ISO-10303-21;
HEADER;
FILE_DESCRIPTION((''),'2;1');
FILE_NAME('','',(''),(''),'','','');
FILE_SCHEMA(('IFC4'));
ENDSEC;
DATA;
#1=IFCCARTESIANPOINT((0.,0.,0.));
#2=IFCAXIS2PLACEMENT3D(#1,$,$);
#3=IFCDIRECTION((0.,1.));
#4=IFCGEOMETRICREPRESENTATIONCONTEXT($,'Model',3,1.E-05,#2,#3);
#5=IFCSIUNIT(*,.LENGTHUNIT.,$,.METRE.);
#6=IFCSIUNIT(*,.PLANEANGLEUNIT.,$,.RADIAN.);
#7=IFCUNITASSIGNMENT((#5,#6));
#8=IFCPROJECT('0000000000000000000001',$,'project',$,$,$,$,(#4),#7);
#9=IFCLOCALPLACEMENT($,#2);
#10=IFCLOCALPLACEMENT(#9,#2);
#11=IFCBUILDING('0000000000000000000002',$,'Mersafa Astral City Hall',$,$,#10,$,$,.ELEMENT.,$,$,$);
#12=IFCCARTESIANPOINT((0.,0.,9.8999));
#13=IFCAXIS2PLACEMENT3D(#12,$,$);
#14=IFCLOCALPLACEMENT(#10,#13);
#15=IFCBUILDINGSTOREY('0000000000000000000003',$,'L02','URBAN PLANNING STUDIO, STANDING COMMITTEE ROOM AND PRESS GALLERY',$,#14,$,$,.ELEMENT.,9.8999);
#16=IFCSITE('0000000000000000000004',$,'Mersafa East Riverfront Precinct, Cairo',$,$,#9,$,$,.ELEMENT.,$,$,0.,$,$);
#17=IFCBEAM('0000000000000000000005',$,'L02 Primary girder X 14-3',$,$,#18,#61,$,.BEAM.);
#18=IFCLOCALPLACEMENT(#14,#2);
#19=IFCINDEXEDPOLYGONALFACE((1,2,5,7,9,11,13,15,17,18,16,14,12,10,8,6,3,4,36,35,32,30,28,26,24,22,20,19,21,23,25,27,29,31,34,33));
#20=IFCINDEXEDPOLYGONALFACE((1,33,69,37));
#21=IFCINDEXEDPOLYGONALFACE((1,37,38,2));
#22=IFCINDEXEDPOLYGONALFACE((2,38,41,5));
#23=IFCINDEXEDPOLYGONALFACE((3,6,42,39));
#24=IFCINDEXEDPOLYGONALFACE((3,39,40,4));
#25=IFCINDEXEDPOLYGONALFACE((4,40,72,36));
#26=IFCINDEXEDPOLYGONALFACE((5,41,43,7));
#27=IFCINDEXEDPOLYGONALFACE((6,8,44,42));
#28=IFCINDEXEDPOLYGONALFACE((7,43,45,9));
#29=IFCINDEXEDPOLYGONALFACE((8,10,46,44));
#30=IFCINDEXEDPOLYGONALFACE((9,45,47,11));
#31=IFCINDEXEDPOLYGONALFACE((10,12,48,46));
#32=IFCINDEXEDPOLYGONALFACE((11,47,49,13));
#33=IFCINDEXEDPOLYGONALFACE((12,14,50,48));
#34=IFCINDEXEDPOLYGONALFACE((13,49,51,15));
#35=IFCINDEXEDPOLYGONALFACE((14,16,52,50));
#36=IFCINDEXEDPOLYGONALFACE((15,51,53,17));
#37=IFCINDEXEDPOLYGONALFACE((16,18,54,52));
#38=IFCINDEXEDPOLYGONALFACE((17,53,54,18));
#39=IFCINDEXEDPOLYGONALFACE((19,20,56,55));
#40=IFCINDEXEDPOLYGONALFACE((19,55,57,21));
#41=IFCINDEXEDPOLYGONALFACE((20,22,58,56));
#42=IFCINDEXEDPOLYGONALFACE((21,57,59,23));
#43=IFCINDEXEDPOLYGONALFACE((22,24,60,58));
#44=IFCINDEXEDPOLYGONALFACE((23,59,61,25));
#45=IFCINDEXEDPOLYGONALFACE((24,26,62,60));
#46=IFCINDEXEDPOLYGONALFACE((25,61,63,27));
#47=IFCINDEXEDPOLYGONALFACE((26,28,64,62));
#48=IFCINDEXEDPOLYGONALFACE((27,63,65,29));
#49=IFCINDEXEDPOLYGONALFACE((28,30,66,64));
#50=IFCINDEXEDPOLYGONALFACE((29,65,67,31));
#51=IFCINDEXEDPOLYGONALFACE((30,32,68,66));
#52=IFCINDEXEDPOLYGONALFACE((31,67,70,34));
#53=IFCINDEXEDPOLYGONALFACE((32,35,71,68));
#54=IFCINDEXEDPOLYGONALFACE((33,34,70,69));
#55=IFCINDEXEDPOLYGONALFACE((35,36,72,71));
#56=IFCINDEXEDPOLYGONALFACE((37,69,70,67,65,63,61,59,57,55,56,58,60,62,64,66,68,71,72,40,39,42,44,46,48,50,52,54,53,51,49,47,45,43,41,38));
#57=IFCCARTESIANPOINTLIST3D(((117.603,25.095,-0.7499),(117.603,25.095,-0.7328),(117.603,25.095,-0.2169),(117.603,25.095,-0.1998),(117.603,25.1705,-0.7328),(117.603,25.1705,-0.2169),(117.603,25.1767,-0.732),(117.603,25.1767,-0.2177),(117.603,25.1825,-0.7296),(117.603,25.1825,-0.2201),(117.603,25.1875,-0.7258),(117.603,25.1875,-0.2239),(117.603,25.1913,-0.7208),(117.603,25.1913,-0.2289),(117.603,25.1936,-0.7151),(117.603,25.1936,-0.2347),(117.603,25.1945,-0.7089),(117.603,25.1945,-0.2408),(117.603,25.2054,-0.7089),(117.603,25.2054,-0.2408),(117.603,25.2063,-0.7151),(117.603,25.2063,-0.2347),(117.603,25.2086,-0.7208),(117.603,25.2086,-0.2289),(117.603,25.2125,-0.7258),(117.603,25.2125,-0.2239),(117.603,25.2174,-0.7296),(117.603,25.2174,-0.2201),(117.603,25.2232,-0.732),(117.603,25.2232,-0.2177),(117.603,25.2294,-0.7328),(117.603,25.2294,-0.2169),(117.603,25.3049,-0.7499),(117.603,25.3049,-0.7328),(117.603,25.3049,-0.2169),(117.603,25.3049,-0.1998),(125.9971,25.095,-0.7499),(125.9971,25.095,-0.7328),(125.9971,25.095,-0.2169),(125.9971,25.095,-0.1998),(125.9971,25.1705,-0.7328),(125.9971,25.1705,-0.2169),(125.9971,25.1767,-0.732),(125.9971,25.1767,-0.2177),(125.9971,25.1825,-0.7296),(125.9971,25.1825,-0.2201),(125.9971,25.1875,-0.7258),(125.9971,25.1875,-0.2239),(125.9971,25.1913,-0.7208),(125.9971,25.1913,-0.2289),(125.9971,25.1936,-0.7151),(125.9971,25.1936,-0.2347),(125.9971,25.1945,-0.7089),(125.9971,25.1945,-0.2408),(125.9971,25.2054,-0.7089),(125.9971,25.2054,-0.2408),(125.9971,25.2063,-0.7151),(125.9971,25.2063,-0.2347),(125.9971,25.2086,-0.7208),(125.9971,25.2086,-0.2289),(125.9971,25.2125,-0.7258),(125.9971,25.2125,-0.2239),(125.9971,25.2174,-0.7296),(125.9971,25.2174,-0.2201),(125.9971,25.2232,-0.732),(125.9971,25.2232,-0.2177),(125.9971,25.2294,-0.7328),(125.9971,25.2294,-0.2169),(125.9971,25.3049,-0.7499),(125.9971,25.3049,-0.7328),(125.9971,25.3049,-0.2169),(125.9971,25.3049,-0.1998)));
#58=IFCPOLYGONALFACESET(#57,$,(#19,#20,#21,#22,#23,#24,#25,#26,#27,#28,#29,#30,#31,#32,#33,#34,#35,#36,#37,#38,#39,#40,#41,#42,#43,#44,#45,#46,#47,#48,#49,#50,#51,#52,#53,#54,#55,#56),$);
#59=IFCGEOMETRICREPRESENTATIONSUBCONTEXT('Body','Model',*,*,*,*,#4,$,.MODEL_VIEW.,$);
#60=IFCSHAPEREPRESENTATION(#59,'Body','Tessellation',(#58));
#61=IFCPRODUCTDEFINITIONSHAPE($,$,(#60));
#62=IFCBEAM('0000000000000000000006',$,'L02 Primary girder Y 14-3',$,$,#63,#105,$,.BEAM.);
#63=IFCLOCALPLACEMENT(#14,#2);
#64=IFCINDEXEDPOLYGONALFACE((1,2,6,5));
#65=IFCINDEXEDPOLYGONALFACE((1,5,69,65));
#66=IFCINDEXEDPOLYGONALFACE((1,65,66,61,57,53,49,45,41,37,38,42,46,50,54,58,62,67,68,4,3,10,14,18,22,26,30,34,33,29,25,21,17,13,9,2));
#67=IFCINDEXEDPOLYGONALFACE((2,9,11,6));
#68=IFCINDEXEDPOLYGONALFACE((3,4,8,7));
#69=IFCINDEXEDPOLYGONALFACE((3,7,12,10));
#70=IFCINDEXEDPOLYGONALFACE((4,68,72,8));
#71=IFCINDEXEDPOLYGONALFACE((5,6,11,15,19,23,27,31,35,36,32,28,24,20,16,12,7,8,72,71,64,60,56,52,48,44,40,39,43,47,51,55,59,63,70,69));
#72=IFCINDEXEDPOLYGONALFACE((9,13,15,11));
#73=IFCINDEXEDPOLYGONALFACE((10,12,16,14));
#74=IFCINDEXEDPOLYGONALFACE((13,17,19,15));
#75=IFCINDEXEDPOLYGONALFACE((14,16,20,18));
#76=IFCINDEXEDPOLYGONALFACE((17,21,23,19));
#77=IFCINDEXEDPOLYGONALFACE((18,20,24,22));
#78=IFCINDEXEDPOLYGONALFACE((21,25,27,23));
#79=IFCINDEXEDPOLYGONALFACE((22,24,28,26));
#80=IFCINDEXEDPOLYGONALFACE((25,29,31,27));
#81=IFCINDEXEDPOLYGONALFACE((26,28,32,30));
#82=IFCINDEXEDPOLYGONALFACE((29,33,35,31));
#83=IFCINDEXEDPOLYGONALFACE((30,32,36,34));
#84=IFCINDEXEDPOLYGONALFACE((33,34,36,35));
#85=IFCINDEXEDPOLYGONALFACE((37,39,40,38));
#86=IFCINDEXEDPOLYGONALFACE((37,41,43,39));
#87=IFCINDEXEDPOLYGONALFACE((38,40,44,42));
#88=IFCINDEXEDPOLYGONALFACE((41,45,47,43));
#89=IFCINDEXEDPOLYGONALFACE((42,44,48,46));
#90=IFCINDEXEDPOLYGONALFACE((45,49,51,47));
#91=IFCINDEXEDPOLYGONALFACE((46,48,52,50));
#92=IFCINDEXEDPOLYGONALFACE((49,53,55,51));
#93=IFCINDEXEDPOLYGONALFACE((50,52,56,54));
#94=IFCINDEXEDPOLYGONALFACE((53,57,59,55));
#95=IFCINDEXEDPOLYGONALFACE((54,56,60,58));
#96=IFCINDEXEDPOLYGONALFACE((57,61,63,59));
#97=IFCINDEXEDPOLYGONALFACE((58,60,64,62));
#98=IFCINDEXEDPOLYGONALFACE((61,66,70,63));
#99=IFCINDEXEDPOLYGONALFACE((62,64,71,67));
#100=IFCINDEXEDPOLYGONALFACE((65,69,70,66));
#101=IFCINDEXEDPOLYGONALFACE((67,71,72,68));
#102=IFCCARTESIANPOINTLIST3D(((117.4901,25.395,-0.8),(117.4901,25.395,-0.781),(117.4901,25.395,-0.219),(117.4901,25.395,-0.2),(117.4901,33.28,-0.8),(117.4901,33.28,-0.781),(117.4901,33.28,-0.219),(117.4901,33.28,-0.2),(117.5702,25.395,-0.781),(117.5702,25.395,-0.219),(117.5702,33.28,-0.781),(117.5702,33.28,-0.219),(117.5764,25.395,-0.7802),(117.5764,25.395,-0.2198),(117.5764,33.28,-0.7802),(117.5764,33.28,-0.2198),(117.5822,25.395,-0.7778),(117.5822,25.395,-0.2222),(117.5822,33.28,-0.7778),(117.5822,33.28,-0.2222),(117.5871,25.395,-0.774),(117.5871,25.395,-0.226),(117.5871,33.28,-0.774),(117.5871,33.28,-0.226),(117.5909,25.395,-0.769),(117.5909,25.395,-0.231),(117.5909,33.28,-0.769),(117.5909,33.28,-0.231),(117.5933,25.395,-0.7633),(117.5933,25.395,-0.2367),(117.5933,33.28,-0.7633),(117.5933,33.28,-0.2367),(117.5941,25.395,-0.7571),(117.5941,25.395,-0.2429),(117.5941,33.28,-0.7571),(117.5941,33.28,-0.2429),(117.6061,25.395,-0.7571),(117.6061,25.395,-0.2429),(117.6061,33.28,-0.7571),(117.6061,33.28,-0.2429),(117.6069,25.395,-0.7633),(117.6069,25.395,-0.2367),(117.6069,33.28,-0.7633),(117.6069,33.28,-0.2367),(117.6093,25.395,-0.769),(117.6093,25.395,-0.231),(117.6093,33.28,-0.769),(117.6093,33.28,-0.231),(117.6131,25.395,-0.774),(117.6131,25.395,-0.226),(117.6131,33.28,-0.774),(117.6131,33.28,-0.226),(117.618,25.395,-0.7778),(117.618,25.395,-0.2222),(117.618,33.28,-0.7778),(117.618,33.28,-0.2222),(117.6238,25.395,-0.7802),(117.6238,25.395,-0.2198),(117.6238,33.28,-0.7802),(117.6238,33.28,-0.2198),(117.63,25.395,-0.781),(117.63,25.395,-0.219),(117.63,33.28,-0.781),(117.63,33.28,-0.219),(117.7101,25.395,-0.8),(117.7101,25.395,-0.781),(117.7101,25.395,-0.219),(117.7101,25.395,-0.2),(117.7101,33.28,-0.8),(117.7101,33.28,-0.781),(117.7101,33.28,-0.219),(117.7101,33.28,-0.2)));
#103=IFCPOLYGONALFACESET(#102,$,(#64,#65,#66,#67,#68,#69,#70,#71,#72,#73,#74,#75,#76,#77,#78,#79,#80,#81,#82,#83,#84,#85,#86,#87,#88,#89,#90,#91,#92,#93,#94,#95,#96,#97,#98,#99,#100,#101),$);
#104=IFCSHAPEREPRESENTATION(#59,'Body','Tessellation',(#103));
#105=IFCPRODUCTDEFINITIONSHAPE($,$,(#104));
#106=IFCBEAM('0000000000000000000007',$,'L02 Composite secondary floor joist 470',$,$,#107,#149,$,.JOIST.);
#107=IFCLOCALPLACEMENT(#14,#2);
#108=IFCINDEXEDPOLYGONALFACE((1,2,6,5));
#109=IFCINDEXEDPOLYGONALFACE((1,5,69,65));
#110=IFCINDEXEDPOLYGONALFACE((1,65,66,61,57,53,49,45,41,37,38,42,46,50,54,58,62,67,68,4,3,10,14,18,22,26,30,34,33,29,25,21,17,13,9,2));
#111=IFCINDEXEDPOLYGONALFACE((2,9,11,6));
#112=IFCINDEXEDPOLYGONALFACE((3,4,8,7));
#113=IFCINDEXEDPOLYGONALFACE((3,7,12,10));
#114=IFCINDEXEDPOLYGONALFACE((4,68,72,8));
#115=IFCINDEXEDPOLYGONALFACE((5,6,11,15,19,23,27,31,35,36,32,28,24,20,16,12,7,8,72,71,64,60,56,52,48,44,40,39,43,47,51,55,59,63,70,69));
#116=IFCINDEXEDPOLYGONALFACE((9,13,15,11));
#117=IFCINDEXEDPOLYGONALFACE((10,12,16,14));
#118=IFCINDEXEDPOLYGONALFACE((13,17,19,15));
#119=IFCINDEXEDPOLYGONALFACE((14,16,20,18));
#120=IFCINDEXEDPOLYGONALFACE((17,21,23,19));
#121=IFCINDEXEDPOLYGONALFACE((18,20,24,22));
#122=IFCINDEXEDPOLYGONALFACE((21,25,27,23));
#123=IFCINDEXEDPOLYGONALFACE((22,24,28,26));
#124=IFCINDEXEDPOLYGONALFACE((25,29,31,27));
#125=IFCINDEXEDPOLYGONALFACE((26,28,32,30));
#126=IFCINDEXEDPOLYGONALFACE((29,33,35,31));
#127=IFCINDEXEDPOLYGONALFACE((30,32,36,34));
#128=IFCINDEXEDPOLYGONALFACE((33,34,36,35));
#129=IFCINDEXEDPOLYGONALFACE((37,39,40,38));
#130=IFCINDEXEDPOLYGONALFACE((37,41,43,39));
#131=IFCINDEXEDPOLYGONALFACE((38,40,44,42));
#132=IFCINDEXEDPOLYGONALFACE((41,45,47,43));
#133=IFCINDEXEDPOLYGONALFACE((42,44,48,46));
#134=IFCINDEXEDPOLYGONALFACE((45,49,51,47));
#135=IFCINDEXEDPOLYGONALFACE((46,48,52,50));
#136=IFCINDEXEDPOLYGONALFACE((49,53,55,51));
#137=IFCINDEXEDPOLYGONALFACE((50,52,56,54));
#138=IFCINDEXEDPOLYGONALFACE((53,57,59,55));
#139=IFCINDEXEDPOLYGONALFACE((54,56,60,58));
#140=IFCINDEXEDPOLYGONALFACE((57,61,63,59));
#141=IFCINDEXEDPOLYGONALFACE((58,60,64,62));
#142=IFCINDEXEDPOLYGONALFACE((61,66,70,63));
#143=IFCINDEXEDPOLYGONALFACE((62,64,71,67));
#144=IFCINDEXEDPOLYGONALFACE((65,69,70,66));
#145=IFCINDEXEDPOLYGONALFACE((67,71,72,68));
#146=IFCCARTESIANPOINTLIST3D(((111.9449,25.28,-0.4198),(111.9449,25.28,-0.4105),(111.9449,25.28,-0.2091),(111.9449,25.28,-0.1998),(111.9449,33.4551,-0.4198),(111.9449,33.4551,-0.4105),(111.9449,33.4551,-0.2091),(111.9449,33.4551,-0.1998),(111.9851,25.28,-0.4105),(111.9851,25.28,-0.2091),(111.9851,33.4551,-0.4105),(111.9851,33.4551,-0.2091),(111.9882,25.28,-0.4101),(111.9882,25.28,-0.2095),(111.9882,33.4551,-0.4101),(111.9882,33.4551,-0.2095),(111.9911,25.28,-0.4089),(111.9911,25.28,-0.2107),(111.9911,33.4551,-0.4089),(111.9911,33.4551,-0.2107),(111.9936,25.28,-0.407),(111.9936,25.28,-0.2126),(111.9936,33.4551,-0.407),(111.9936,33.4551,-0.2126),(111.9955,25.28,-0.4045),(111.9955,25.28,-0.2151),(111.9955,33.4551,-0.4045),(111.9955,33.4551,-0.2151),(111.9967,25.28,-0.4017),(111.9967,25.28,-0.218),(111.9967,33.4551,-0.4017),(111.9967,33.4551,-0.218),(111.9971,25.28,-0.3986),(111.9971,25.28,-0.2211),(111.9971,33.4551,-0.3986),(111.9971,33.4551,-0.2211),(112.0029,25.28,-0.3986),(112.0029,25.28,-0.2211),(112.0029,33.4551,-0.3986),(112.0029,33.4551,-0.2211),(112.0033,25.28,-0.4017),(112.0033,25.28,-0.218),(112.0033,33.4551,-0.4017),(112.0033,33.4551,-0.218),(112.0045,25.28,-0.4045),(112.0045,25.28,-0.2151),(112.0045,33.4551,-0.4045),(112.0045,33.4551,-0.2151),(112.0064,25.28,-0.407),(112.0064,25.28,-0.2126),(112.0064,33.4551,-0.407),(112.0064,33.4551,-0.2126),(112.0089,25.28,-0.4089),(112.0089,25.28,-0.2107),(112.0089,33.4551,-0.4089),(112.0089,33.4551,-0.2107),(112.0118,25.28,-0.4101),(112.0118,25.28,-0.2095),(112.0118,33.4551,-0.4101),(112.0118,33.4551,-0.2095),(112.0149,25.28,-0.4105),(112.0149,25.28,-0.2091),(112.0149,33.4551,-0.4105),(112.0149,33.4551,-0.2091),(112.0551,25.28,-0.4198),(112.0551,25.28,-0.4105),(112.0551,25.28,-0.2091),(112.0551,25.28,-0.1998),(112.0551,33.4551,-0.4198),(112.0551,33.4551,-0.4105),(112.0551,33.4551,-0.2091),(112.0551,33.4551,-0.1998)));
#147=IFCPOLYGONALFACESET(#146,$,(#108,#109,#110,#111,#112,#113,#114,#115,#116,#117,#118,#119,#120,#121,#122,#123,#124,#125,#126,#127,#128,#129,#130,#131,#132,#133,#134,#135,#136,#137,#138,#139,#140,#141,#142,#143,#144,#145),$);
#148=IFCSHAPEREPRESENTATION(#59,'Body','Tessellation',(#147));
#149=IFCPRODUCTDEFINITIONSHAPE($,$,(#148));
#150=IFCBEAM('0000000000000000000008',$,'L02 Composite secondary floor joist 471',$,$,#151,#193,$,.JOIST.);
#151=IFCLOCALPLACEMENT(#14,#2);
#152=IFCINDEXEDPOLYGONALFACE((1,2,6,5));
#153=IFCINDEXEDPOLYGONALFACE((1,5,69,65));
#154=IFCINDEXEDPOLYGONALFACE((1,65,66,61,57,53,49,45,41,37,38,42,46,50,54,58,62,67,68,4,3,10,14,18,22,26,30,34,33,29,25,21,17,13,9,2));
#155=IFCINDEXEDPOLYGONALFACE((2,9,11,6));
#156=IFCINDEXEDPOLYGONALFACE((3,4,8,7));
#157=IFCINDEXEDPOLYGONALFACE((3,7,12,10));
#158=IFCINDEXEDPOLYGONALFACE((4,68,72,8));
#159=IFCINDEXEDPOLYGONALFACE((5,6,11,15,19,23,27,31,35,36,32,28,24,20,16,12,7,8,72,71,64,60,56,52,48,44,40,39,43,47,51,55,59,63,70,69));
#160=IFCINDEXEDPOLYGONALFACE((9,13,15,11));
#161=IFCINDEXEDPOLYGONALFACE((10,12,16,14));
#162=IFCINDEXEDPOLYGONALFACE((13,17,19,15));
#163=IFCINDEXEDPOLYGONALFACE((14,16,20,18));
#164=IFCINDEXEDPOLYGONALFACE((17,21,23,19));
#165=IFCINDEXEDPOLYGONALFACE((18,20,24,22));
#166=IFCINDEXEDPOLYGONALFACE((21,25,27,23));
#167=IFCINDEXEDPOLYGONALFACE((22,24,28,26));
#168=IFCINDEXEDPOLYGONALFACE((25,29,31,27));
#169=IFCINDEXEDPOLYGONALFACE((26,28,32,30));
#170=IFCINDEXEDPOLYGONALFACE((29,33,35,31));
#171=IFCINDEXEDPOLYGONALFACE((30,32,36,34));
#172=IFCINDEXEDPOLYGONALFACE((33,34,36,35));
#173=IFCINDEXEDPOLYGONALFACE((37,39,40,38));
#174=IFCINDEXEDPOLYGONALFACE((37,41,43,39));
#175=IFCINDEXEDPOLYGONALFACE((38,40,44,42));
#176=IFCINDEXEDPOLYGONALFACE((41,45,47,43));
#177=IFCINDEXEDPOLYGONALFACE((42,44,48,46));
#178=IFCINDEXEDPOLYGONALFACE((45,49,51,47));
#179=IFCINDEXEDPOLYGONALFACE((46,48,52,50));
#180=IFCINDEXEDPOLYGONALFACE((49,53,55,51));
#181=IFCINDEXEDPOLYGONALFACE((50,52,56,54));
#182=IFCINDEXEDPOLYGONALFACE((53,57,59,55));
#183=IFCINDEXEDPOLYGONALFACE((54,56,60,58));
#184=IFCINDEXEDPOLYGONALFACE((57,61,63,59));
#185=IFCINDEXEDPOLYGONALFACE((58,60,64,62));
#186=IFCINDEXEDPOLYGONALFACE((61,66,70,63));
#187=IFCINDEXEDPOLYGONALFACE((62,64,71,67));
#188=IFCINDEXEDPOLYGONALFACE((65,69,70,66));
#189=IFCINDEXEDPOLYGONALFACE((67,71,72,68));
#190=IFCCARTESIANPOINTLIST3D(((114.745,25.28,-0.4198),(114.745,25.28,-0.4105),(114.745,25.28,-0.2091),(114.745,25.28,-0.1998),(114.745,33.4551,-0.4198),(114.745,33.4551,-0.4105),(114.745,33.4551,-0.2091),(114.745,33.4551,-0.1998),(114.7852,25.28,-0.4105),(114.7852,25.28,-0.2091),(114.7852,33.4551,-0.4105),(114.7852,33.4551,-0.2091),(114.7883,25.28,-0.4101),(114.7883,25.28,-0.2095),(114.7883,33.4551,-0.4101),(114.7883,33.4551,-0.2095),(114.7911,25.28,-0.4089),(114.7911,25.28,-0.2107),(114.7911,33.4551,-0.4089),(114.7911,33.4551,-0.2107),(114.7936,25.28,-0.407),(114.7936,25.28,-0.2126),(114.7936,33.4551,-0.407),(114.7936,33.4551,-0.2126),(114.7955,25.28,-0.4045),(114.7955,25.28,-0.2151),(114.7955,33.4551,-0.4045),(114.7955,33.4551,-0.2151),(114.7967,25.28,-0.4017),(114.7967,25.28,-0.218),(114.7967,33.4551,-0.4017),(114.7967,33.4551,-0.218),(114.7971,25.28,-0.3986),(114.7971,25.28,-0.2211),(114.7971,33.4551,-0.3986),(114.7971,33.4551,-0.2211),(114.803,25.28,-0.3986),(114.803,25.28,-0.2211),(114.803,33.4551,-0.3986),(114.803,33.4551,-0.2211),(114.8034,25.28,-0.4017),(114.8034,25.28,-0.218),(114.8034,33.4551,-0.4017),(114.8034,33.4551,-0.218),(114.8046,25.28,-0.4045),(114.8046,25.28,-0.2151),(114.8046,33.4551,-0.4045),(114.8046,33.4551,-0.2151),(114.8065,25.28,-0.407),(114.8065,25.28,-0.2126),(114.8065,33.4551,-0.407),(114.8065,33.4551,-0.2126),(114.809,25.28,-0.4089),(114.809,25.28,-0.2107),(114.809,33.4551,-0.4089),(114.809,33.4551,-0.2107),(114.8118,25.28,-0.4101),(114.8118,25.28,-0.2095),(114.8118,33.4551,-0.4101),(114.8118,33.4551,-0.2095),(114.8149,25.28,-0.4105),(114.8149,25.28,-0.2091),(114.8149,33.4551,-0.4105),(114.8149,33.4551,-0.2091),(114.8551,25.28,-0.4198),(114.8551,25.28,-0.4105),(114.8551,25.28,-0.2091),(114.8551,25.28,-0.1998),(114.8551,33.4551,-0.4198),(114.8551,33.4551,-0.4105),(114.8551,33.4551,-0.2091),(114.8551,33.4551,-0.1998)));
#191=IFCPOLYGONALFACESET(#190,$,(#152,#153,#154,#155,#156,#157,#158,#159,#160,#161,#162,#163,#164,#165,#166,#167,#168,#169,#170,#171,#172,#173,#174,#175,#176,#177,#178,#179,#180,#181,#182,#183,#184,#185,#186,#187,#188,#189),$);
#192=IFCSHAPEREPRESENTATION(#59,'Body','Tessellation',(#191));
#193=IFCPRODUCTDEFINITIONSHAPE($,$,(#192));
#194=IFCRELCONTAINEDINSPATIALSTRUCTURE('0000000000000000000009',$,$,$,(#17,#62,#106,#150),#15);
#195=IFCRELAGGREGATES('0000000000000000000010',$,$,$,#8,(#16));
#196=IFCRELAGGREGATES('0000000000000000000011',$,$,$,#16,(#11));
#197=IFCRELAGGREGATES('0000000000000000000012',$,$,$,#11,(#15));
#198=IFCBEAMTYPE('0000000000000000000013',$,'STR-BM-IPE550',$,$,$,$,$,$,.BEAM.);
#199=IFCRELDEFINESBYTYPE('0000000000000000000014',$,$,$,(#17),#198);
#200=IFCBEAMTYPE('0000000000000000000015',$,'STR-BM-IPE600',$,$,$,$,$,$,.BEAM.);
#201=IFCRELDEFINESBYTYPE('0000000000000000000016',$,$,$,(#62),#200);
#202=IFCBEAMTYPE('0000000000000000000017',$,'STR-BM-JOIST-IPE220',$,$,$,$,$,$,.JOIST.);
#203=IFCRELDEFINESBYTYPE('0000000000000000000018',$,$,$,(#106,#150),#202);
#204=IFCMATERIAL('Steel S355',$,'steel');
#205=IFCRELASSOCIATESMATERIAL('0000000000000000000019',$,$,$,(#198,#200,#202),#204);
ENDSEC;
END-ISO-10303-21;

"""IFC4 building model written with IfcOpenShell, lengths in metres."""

from ifc_helpers import new_model, si_unit, direction, frame, origin, origin_2d, place, context, subcontext, project, spatial, i_section, extrude, material, material_profile, profile_set, type_object, element, save


model = new_model("IFC4")

# Units and contexts
model_context = context("Model", 3, precision=1e-05, world=origin(), true_north=direction((0.0, 1.0)))
body_context = subcontext(model_context, "Body", "Model", "MODEL_VIEW")
ifc_project = project(units=[si_unit("LENGTHUNIT", "METRE"), si_unit("PLANEANGLEUNIT", "RADIAN")], contexts=[model_context])

# Site, building, storey
site_placement = place(None, origin())
site = spatial("IfcSite", under=ifc_project, at=site_placement, Name="Mersafa East Riverfront Precinct, Cairo", CompositionType="ELEMENT", RefElevation=0.0)
building_placement = place(site_placement, origin())
building = spatial("IfcBuilding", under=site, at=building_placement, Name="Mersafa Astral City Hall", CompositionType="ELEMENT")
storey_placement = place(building_placement, frame((0.0, 0.0, 9.8999)))
storey = spatial("IfcBuildingStorey", under=building, at=storey_placement, Name="L02", Description="URBAN PLANNING STUDIO, STANDING COMMITTEE ROOM AND PRESS GALLERY", CompositionType="ELEMENT", Elevation=9.8999)

# Shared definitions
ifc_material_1 = material(Name="Steel S355", Category="steel")

# Beams
ifc_material_profile_1 = material_profile(ifc_material_1, i_section(OverallWidth=0.21, OverallDepth=0.55, WebThickness=0.011, FlangeThickness=0.0171, FilletRadius=0.0239, at=origin_2d()), Name="IPE 550")
ifc_profile_set_1 = profile_set([ifc_material_profile_1], Name="Steel S355")
beam_type_1 = type_object("IfcBeamType", Name="STR-BM-IPE550", PredefinedType="BEAM", material=ifc_profile_set_1)
beam_1_placement = place(storey_placement, frame((117.603, 25.2, -0.4749), z_axis=(1.0, 0.0, 0.0), x_axis=(0.0, 1.0, 0.0)))
element("IfcBeam", 1, at=beam_1_placement, inside=storey, type_object=beam_type_1, Name="L02 Primary girder X 14-3", PredefinedType="BEAM", context=body_context, shape_type="SweptSolid", body=[
    extrude(i_section(OverallWidth=0.21, OverallDepth=0.55, WebThickness=0.011, FlangeThickness=0.0171, FilletRadius=0.0239, at=origin_2d()), origin(), (0.0, 0.0, 1.0), 8.394),
])
ifc_material_profile_2 = material_profile(ifc_material_1, i_section(OverallWidth=0.22, OverallDepth=0.6001, WebThickness=0.012, FlangeThickness=0.019, FilletRadius=0.0239, at=origin_2d()), Name="IPE 600")
ifc_profile_set_2 = profile_set([ifc_material_profile_2], Name="Steel S355")
beam_type_2 = type_object("IfcBeamType", Name="STR-BM-IPE600", PredefinedType="BEAM", material=ifc_profile_set_2)
beam_2_placement = place(storey_placement, frame((117.6001, 25.395, -0.5), z_axis=(0.0, 1.0, 0.0), x_axis=(-1.0, 0.0, 0.0)))
element("IfcBeam", 2, at=beam_2_placement, inside=storey, type_object=beam_type_2, Name="L02 Primary girder Y 14-3", PredefinedType="BEAM", context=body_context, shape_type="SweptSolid", body=[
    extrude(i_section(OverallWidth=0.22, OverallDepth=0.6001, WebThickness=0.012, FlangeThickness=0.019, FilletRadius=0.0239, at=origin_2d()), origin(), (0.0, 0.0, 1.0), 7.885),
])
ifc_material_profile_3 = material_profile(ifc_material_1, i_section(OverallWidth=0.1101, OverallDepth=0.22, WebThickness=0.0059, FlangeThickness=0.0093, FilletRadius=0.012, at=origin_2d()), Name="IPE 220")
ifc_profile_set_3 = profile_set([ifc_material_profile_3], Name="Steel S355")
beam_type_3 = type_object("IfcBeamType", Name="STR-BM-JOIST-IPE220", PredefinedType="JOIST", material=ifc_profile_set_3)
for number, where, z_axis, x_axis, name in (
    (3, (112.0, 25.28, -0.3098), (0.0, 1.0, 0.0), (-1.0, 0.0, 0.0), "L02 Composite secondary floor joist 470"),
    (4, (114.8, 25.28, -0.3098), (0.0, 1.0, 0.0), (-1.0, 0.0, 0.0), "L02 Composite secondary floor joist 471"),
):
    element("IfcBeam", number, at=place(storey_placement, frame(where, z_axis=z_axis, x_axis=x_axis)), inside=storey, type_object=beam_type_3, Name=name, PredefinedType="JOIST", context=body_context, shape_type="SweptSolid", body=[
        extrude(i_section(OverallWidth=0.1101, OverallDepth=0.22, WebThickness=0.0059, FlangeThickness=0.0093, FilletRadius=0.012, at=origin_2d()), origin(), (0.0, 0.0, 1.0), 8.175),
    ])

save(model, "model.ifc")
